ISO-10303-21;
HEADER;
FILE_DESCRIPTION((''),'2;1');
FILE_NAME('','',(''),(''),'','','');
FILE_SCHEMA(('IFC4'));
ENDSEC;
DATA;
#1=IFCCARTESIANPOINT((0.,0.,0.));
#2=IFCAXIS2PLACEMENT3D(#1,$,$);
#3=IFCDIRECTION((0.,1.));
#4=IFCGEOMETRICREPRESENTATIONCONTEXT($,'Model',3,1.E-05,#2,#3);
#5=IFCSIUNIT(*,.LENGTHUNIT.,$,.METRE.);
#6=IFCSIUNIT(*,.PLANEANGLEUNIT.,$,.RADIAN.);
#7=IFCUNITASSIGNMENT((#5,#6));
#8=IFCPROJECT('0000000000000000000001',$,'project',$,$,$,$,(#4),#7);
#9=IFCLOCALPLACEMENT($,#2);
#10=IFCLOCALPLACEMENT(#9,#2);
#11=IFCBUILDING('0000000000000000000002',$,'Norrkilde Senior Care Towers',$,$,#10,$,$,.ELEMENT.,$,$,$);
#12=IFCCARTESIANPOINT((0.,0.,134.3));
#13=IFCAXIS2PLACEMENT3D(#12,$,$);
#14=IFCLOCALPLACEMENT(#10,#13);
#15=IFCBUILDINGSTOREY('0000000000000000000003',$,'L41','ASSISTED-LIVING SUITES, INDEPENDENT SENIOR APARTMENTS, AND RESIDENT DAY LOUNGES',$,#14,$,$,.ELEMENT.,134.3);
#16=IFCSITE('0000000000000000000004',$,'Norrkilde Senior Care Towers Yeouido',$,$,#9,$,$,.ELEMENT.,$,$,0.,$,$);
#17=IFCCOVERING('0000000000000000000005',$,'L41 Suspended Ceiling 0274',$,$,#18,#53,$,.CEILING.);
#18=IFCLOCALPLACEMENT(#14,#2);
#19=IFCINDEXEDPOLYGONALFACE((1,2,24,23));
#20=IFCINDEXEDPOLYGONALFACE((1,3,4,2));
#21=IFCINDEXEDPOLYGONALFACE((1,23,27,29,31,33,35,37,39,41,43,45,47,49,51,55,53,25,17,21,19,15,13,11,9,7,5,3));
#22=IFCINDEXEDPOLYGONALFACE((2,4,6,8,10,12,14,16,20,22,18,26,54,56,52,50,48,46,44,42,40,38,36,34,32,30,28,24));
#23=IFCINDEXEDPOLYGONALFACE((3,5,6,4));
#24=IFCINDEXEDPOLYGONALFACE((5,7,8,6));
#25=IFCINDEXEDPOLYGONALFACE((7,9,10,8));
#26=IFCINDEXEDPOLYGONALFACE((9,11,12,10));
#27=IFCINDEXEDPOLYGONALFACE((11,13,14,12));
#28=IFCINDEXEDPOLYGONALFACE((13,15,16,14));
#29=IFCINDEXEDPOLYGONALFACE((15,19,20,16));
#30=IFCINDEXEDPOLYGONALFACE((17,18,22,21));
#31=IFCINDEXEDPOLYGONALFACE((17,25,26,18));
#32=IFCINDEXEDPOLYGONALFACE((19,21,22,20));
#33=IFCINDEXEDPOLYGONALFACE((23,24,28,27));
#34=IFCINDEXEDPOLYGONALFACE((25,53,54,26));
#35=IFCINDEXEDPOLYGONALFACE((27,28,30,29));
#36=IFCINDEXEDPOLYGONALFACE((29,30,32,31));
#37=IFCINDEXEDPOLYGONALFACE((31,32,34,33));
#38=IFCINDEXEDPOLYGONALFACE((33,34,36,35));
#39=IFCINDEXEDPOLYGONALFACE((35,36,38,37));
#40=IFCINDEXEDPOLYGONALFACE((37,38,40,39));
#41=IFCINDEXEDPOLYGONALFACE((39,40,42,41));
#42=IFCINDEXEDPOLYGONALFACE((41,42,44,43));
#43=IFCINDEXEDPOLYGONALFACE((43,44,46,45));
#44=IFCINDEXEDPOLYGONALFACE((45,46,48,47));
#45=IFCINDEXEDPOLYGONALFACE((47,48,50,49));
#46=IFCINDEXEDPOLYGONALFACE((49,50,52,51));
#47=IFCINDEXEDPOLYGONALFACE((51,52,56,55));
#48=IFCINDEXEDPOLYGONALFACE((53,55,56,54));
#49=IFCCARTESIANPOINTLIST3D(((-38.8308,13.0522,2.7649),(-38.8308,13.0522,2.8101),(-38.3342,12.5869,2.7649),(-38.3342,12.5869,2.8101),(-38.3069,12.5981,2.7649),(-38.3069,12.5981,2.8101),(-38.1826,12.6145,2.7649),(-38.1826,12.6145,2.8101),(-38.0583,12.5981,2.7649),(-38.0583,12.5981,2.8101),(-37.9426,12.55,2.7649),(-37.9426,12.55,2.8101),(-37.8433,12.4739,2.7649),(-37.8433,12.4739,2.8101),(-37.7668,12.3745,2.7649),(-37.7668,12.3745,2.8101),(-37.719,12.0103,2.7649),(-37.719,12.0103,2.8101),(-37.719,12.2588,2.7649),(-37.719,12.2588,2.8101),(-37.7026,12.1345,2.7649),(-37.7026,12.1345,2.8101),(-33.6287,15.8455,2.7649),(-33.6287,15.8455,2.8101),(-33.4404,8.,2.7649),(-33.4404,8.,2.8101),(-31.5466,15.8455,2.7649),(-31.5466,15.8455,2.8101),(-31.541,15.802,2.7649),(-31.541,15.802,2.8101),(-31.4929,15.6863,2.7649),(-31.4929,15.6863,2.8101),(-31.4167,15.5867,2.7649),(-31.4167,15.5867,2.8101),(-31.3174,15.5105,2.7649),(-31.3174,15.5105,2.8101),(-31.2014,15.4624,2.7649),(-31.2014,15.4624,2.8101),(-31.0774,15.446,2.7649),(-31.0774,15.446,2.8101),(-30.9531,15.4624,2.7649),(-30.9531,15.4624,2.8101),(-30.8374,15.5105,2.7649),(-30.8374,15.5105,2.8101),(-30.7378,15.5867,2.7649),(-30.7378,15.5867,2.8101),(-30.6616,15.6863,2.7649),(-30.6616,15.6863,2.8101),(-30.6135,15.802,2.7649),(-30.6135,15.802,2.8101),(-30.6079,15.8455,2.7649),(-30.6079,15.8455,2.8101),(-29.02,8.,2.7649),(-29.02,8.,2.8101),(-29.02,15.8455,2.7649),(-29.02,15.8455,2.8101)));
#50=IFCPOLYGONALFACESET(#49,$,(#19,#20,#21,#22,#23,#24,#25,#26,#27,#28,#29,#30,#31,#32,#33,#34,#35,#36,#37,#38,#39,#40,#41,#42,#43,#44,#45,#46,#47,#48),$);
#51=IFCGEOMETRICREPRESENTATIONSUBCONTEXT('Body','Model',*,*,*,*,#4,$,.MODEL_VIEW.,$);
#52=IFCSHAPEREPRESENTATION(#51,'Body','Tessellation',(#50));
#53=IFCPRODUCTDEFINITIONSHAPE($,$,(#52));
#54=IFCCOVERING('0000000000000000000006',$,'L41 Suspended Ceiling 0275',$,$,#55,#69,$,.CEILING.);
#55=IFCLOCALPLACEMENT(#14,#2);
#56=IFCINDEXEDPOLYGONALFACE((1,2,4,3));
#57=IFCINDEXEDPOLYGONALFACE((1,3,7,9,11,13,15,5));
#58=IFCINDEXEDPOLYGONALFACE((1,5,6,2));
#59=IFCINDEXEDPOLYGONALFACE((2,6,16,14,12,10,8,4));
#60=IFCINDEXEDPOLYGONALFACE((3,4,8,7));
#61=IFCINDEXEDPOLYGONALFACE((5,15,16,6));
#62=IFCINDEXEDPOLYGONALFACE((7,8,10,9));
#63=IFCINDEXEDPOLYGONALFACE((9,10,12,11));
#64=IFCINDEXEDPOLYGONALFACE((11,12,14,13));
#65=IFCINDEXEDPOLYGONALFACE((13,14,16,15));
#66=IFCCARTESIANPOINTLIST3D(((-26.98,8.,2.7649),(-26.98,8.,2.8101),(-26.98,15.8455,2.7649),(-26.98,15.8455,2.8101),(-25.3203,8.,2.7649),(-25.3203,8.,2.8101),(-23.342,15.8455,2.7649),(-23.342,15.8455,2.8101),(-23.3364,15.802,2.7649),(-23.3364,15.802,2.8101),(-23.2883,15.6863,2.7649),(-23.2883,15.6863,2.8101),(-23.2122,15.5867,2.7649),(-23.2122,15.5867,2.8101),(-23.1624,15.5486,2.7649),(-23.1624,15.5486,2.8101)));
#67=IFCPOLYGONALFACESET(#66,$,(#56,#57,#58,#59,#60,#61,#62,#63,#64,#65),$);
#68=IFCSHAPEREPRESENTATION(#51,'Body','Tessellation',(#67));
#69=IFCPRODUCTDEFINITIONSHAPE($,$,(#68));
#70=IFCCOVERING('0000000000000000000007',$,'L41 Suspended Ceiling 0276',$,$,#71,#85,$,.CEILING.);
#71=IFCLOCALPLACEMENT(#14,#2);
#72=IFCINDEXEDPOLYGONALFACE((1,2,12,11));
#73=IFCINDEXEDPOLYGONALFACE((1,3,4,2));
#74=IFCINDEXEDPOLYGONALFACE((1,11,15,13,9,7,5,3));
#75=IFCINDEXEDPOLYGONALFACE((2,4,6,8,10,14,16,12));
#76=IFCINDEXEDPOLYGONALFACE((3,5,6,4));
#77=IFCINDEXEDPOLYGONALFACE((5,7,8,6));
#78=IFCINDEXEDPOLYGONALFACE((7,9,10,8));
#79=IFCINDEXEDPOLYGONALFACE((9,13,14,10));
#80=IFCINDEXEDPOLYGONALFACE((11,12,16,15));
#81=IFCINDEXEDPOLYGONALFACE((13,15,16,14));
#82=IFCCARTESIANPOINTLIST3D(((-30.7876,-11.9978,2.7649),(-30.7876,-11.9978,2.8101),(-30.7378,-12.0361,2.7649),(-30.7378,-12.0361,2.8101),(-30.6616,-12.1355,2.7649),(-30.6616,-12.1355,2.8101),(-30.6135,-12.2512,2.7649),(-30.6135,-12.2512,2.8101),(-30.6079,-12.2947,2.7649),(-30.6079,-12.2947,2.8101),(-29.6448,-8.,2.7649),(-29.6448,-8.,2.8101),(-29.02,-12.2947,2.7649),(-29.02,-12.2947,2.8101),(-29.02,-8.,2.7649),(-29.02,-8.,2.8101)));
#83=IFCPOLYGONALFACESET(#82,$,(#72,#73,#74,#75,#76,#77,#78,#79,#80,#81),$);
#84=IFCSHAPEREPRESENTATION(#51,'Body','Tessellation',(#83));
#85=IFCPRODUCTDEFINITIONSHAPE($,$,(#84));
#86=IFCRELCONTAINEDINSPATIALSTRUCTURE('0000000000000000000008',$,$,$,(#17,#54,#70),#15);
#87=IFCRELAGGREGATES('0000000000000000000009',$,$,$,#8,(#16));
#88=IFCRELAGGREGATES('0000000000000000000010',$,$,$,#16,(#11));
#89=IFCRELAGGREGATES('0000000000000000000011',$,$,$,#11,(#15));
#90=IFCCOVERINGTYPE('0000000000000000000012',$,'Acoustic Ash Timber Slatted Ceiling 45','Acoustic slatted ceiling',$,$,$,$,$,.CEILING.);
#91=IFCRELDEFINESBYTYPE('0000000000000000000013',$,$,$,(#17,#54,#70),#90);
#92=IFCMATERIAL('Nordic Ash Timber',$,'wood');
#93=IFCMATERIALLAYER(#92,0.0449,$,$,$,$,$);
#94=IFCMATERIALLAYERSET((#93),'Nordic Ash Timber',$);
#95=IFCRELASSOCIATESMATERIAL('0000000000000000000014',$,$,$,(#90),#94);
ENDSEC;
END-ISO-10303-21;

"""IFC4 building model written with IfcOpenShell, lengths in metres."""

from ifc_helpers import new_model, si_unit, direction, frame, origin, place, context, subcontext, project, spatial, polyline, outline, extrude, material, layer, layer_set, type_object, element, save


model = new_model("IFC4")

# Units and contexts
model_context = context("Model", 3, precision=1e-05, world=origin(), true_north=direction((0.0, 1.0)))
body_context = subcontext(model_context, "Body", "Model", "MODEL_VIEW")
ifc_project = project(units=[si_unit("LENGTHUNIT", "METRE"), si_unit("PLANEANGLEUNIT", "RADIAN")], contexts=[model_context])

# Site, building, storey
site_placement = place(None, origin())
site = spatial("IfcSite", under=ifc_project, at=site_placement, Name="Norrkilde Senior Care Towers Yeouido", CompositionType="ELEMENT", RefElevation=0.0)
building_placement = place(site_placement, origin())
building = spatial("IfcBuilding", under=site, at=building_placement, Name="Norrkilde Senior Care Towers", CompositionType="ELEMENT")
storey_placement = place(building_placement, frame((0.0, 0.0, 134.3)))
storey = spatial("IfcBuildingStorey", under=building, at=storey_placement, Name="L41", Description="ASSISTED-LIVING SUITES, INDEPENDENT SENIOR APARTMENTS, AND RESIDENT DAY LOUNGES", CompositionType="ELEMENT", Elevation=134.3)

# Coverings
ifc_material_1 = material(Name="Nordic Ash Timber", Category="wood")
ifc_layer_1 = layer(ifc_material_1, 0.0449)
ifc_layer_set_1 = layer_set([ifc_layer_1], Name="Nordic Ash Timber")
covering_type_1 = type_object("IfcCoveringType", Name="Acoustic Ash Timber Slatted Ceiling 45", Description="Acoustic slatted ceiling", PredefinedType="CEILING", material=ifc_layer_set_1)
covering_1_placement = place(storey_placement, frame((0.0, 0.0, 2.7649)))
element("IfcCovering", 1, at=covering_1_placement, inside=storey, type_object=covering_type_1, Name="L41 Suspended Ceiling 0274", PredefinedType="CEILING", context=body_context, shape_type="SweptSolid", body=[
    extrude(outline(polyline([(-31.5466, 15.8455), (-31.541, 15.802), (-31.4929, 15.6863), (-31.4167, 15.5867), (-31.3174, 15.5105), (-31.2014, 15.4624), (-31.0774, 15.446), (-30.9531, 15.4624), (-30.8374, 15.5105), (-30.7378, 15.5867), (-30.6616, 15.6863), (-30.6135, 15.802), (-30.6079, 15.8455), (-29.02, 15.8455), (-29.02, 8.0), (-33.4404, 8.0), (-37.719, 12.0103), (-37.719, 12.0103), (-37.7026, 12.1345), (-37.719, 12.2588), (-37.7668, 12.3745), (-37.8433, 12.4739), (-37.9426, 12.55), (-38.0583, 12.5981), (-38.1826, 12.6145), (-38.3069, 12.5981), (-38.3342, 12.5869), (-38.8308, 13.0522), (-33.6287, 15.8455), (-31.5466, 15.8455)])), origin(), (0.0, 0.0, 1.0), 0.0452),
])
covering_2_placement = place(storey_placement, frame((0.0, 0.0, 2.7649)))
element("IfcCovering", 2, at=covering_2_placement, inside=storey, type_object=covering_type_1, Name="L41 Suspended Ceiling 0275", PredefinedType="CEILING", context=body_context, shape_type="SweptSolid", body=[
    extrude(outline(polyline([(-25.3203, 8.0), (-26.98, 8.0), (-26.98, 15.8455), (-23.342, 15.8455), (-23.3364, 15.802), (-23.2883, 15.6863), (-23.2122, 15.5867), (-23.1624, 15.5486), (-25.3203, 8.0)])), origin(), (0.0, 0.0, 1.0), 0.0452),
])
covering_3_placement = place(storey_placement, frame((0.0, 0.0, 2.7649)))
element("IfcCovering", 3, at=covering_3_placement, inside=storey, type_object=covering_type_1, Name="L41 Suspended Ceiling 0276", PredefinedType="CEILING", context=body_context, shape_type="SweptSolid", body=[
    extrude(outline(polyline([(-29.6448, -8.0), (-29.02, -8.0), (-29.02, -12.2947), (-30.6079, -12.2947), (-30.6135, -12.2512), (-30.6616, -12.1355), (-30.7378, -12.0361), (-30.7876, -11.9978), (-29.6448, -8.0)])), origin(), (0.0, 0.0, 1.0), 0.0452),
])

save(model, "model.ifc")
